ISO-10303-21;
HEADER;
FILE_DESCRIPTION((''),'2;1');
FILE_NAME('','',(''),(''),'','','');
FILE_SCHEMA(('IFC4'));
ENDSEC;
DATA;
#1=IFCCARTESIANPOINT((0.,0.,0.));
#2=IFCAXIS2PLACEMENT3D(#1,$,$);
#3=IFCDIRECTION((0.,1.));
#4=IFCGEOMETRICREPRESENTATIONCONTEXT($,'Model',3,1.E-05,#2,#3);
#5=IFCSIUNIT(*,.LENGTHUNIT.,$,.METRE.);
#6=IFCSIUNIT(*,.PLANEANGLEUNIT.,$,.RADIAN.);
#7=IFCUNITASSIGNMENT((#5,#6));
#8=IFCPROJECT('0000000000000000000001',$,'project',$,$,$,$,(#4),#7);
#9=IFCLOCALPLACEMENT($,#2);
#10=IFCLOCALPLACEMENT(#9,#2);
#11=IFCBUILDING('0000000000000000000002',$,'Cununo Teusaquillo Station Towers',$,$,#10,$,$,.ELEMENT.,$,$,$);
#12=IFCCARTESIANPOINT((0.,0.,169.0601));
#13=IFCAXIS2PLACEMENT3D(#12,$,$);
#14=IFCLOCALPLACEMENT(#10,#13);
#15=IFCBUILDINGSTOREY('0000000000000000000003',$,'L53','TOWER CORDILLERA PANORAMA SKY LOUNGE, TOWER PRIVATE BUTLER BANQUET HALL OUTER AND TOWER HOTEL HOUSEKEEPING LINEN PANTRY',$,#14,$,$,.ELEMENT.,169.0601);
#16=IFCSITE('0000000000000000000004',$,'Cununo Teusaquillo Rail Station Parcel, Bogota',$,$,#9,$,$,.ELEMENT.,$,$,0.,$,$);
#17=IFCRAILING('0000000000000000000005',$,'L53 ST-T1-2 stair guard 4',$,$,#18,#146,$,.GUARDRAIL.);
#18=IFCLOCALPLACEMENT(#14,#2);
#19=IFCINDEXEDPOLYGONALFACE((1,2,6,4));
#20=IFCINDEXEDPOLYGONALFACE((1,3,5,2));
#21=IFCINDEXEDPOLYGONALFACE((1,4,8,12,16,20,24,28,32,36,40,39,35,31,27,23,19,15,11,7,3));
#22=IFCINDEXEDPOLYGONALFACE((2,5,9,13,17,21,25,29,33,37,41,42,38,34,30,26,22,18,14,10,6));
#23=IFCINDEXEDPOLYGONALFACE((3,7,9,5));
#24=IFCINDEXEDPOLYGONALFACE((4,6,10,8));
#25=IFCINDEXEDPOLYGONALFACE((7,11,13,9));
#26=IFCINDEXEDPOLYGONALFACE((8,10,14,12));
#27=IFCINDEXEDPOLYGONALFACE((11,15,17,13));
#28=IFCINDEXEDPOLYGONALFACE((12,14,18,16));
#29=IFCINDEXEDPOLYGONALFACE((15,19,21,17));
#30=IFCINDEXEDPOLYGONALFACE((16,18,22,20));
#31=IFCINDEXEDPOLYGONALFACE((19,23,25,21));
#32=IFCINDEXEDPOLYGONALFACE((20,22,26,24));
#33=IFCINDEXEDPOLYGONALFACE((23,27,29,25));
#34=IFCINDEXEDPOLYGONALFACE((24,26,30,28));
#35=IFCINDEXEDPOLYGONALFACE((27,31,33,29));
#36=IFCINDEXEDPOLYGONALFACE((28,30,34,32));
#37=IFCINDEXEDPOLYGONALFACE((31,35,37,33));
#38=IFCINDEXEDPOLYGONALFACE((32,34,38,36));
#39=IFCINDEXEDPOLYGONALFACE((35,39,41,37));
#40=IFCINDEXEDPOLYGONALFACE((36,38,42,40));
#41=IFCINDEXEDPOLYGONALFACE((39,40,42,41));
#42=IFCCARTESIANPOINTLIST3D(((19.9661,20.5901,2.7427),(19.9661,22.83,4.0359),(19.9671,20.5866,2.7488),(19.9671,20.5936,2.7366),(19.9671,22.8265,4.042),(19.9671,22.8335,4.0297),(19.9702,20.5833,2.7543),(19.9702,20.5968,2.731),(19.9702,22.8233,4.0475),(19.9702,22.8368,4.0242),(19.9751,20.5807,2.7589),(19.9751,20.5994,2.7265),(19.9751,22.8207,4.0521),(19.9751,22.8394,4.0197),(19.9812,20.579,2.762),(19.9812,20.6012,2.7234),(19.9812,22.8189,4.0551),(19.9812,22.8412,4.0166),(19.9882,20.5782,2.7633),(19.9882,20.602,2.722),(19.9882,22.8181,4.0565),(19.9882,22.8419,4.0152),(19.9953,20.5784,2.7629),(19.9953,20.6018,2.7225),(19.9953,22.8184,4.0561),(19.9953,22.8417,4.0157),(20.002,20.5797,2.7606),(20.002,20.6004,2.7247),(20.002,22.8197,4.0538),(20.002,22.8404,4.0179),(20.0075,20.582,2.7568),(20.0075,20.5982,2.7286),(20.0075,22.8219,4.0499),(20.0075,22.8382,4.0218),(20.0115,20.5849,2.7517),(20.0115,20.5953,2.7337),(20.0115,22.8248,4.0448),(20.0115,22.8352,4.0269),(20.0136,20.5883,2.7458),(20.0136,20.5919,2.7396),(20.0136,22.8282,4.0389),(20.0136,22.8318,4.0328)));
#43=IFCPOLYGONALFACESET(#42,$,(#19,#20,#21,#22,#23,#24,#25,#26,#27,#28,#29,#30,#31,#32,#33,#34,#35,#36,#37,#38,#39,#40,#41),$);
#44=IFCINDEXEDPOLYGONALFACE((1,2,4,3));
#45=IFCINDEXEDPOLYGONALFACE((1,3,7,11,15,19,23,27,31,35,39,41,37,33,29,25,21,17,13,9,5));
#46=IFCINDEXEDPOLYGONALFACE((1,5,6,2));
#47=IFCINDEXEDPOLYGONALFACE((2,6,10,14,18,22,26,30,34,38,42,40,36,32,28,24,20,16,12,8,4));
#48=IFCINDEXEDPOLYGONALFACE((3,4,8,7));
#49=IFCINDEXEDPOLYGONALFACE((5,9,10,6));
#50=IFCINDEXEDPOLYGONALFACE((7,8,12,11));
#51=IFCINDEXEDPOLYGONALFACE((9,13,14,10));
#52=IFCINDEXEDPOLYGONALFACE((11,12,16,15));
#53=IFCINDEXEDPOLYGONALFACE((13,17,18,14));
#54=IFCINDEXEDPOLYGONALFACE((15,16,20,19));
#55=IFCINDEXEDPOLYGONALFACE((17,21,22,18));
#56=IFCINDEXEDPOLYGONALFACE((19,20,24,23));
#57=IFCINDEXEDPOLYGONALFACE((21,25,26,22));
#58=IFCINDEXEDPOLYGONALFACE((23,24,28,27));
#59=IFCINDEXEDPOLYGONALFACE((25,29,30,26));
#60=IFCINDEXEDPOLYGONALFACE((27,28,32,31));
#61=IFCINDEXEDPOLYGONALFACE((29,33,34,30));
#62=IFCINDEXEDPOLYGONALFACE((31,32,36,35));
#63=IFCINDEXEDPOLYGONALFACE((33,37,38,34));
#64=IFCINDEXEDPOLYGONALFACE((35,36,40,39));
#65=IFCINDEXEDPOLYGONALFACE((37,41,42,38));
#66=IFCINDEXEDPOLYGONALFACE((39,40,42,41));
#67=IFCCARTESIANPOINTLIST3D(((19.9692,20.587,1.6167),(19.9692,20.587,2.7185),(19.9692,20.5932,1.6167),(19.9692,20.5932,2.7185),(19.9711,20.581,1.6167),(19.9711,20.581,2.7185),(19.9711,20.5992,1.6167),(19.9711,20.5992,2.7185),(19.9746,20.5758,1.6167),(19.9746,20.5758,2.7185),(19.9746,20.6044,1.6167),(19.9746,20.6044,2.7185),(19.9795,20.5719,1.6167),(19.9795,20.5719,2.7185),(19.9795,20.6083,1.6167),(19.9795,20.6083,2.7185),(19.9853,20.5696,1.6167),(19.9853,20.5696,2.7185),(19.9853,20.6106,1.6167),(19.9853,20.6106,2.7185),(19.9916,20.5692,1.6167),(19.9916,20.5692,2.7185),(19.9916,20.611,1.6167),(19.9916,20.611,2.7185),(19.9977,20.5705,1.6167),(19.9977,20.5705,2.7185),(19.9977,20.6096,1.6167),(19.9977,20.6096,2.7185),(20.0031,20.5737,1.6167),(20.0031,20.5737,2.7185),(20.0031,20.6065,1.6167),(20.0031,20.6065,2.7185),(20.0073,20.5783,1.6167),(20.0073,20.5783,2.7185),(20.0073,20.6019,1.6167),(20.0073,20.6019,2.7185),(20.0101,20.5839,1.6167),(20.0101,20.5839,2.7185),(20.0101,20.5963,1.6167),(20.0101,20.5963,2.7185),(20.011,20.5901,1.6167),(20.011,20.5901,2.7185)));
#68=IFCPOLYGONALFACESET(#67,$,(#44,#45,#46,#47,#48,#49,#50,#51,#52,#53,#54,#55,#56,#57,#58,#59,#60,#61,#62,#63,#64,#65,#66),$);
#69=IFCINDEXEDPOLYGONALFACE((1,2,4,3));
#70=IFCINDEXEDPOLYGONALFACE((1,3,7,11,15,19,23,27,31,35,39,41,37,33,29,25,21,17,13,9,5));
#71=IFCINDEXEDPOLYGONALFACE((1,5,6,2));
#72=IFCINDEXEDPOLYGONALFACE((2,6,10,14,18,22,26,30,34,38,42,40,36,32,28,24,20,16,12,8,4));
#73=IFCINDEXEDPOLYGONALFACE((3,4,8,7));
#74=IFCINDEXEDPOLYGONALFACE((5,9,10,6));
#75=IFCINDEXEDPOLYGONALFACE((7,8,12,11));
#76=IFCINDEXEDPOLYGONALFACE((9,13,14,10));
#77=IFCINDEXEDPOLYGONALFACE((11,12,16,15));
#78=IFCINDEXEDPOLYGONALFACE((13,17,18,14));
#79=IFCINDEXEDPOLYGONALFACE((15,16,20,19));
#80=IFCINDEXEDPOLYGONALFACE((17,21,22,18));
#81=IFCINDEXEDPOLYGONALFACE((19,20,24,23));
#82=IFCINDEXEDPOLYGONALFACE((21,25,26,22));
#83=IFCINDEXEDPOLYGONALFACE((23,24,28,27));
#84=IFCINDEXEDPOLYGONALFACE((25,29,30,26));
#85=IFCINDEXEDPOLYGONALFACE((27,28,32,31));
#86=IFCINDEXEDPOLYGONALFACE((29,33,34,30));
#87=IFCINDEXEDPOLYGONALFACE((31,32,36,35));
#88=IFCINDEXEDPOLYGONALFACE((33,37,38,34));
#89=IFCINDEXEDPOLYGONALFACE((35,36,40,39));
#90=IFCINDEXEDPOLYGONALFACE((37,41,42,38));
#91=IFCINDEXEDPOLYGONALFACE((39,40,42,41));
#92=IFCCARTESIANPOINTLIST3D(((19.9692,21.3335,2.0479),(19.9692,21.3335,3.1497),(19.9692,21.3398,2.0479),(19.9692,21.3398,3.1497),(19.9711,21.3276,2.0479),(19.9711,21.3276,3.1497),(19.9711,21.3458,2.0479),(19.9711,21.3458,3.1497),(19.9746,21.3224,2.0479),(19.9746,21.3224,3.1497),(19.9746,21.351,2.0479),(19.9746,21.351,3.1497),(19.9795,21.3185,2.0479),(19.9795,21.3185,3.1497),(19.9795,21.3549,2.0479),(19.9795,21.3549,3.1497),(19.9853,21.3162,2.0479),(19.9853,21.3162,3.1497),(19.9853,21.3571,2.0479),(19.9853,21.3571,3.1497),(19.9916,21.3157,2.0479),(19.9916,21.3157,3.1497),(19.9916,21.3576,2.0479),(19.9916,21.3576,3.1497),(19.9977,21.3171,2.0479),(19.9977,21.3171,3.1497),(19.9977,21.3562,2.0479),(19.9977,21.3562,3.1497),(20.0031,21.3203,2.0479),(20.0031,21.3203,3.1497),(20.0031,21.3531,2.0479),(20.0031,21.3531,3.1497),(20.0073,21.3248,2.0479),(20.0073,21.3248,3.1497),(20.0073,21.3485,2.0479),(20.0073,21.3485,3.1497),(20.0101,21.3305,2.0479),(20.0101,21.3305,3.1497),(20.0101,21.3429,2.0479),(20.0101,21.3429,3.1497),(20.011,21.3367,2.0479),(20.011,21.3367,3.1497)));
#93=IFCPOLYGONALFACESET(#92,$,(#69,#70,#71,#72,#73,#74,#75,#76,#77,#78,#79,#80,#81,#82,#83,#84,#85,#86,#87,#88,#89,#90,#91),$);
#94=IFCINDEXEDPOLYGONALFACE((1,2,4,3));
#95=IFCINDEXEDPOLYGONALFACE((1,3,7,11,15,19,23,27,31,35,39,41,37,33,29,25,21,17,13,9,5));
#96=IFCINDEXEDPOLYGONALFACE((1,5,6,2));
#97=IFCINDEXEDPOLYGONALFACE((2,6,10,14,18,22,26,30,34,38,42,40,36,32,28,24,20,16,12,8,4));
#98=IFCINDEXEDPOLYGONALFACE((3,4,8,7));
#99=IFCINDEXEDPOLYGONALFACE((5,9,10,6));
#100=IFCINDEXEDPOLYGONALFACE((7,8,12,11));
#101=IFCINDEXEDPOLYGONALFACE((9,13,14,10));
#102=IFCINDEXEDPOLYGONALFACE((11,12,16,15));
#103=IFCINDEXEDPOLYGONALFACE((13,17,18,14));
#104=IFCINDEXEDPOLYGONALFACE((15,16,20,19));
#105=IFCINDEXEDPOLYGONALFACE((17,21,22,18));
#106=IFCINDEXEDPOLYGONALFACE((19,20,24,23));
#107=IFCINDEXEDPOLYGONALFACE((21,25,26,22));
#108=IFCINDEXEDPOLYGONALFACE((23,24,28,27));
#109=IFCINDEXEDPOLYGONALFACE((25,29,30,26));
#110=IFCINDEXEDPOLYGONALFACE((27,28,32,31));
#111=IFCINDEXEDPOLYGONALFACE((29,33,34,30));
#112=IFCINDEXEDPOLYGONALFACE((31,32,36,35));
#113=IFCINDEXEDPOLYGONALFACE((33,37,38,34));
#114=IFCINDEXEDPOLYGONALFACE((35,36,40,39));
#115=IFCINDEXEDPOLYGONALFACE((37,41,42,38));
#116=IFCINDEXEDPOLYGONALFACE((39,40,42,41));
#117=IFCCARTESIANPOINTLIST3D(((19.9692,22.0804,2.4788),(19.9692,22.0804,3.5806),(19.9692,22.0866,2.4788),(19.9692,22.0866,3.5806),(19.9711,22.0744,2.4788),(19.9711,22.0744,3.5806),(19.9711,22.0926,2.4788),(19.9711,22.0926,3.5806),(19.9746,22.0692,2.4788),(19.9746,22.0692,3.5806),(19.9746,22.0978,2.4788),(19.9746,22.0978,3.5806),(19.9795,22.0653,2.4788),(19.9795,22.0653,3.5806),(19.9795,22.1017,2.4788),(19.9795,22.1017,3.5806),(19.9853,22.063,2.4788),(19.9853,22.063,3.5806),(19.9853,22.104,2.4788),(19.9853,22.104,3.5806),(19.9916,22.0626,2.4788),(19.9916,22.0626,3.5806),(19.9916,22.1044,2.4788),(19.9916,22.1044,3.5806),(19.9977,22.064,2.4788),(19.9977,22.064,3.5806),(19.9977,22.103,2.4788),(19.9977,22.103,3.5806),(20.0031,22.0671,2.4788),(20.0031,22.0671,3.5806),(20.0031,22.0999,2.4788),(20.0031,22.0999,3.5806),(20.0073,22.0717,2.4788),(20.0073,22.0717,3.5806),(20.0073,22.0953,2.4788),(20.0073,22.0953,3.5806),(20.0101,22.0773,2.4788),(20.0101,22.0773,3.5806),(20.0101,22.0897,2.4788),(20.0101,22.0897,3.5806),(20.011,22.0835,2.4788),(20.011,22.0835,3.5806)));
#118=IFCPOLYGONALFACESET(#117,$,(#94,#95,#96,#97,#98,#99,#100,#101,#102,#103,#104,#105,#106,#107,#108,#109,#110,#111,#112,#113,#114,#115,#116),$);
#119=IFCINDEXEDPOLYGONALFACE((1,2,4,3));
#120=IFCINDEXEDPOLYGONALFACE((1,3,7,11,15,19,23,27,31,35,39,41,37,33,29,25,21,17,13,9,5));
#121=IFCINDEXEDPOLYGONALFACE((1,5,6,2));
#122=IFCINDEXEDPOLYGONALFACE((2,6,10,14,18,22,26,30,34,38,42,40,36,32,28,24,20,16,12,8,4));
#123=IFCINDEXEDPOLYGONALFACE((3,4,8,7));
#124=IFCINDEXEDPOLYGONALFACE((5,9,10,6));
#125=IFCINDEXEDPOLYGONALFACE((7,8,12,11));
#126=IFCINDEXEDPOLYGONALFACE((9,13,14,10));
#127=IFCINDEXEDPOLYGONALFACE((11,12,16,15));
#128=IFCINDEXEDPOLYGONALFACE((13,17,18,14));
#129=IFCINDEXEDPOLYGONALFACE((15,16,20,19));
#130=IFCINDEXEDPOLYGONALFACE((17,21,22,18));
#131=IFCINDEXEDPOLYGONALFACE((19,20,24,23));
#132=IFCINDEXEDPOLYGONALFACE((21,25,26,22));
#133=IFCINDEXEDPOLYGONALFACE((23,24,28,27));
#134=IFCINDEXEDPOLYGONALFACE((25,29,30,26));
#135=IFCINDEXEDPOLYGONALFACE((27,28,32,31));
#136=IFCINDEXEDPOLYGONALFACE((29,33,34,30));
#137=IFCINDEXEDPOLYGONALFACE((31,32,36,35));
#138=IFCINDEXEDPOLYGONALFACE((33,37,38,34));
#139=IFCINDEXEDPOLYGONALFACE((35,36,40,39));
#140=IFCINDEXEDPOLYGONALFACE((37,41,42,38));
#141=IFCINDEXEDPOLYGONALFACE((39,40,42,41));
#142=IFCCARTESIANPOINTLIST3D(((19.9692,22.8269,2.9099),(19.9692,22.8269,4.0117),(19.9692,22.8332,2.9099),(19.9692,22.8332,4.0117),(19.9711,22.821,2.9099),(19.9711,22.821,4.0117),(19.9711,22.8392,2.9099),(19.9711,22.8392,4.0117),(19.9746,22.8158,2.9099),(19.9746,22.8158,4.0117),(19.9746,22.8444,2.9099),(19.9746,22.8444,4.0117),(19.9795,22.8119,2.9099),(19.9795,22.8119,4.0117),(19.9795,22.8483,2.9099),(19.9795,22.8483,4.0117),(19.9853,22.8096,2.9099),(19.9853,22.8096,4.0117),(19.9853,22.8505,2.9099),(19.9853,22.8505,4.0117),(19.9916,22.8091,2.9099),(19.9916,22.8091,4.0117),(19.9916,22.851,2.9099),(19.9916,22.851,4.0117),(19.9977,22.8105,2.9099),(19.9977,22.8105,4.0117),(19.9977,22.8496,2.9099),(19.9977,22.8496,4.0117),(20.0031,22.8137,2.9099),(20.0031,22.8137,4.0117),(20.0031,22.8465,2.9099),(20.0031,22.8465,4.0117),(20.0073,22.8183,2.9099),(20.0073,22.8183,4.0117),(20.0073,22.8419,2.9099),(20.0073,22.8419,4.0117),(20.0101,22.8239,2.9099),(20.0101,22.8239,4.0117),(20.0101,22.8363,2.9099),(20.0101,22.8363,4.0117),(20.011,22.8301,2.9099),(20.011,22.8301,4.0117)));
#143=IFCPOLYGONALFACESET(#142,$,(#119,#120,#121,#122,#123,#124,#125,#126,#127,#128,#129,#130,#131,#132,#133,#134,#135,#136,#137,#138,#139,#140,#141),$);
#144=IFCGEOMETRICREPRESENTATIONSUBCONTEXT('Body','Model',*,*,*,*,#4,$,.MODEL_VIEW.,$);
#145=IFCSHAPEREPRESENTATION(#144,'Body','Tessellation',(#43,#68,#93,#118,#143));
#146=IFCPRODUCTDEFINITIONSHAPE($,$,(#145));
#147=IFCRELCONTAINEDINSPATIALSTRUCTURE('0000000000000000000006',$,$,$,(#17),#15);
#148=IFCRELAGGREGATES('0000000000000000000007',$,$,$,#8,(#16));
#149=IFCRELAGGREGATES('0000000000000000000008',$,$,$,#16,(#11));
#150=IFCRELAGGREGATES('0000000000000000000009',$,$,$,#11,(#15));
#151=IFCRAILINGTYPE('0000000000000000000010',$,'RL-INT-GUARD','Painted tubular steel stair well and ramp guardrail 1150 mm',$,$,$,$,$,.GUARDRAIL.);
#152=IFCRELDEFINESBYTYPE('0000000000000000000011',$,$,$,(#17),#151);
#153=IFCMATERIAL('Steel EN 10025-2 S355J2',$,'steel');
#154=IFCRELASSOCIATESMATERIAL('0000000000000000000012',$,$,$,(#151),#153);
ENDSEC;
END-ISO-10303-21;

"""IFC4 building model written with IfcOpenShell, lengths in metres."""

from ifc_helpers import new_model, si_unit, direction, frame, origin, origin_2d, place, context, subcontext, project, spatial, circle, extrude, material, type_object, element, save


model = new_model("IFC4")

# Units and contexts
model_context = context("Model", 3, precision=1e-05, world=origin(), true_north=direction((0.0, 1.0)))
body_context = subcontext(model_context, "Body", "Model", "MODEL_VIEW")
ifc_project = project(units=[si_unit("LENGTHUNIT", "METRE"), si_unit("PLANEANGLEUNIT", "RADIAN")], contexts=[model_context])

# Site, building, storey
site_placement = place(None, origin())
site = spatial("IfcSite", under=ifc_project, at=site_placement, Name="Cununo Teusaquillo Rail Station Parcel, Bogota", CompositionType="ELEMENT", RefElevation=0.0)
building_placement = place(site_placement, origin())
building = spatial("IfcBuilding", under=site, at=building_placement, Name="Cununo Teusaquillo Station Towers", CompositionType="ELEMENT")
storey_placement = place(building_placement, frame((0.0, 0.0, 169.0601)))
storey = spatial("IfcBuildingStorey", under=building, at=storey_placement, Name="L53", Description="TOWER CORDILLERA PANORAMA SKY LOUNGE, TOWER PRIVATE BUTLER BANQUET HALL OUTER AND TOWER HOTEL HOUSEKEEPING LINEN PANTRY", CompositionType="ELEMENT", Elevation=169.0601)

# Railing
ifc_material_1 = material(Name="Steel EN 10025-2 S355J2", Category="steel")
railing_type_1 = type_object("IfcRailingType", Name="RL-INT-GUARD", Description="Painted tubular steel stair well and ramp guardrail 1150 mm", PredefinedType="GUARDRAIL", material=ifc_material_1)
railing_1_placement = place(storey_placement, frame((19.99, 20.5901, 1.6167)))
element("IfcRailing", 1, at=railing_1_placement, inside=storey, type_object=railing_type_1, Name="L53 ST-T1-2 stair guard 4", PredefinedType="GUARDRAIL", context=body_context, shape_type="SweptSolid", body=[
    extrude(circle(Radius=0.0239, at=origin_2d()), frame((0.0, 0.0, 1.126), z_axis=(0.0, 0.866033, 0.499987), x_axis=(-1.0, 0.0, 0.0)), (0.0, 0.0, 1.0), 2.5864),
    extrude(circle(Radius=0.021, at=origin_2d()), origin(), (0.0, 0.0, 1.0), 1.1018),
    extrude(circle(Radius=0.021, at=origin_2d()), frame((0.0, 0.7466, 0.4312)), (0.0, 0.0, 1.0), 1.1018),
    extrude(circle(Radius=0.021, at=origin_2d()), frame((0.0, 1.4934, 0.8621)), (0.0, 0.0, 1.0), 1.1018),
    extrude(circle(Radius=0.021, at=origin_2d()), frame((0.0, 2.24, 1.2932)), (0.0, 0.0, 1.0), 1.1018),
])

save(model, "model.ifc")
